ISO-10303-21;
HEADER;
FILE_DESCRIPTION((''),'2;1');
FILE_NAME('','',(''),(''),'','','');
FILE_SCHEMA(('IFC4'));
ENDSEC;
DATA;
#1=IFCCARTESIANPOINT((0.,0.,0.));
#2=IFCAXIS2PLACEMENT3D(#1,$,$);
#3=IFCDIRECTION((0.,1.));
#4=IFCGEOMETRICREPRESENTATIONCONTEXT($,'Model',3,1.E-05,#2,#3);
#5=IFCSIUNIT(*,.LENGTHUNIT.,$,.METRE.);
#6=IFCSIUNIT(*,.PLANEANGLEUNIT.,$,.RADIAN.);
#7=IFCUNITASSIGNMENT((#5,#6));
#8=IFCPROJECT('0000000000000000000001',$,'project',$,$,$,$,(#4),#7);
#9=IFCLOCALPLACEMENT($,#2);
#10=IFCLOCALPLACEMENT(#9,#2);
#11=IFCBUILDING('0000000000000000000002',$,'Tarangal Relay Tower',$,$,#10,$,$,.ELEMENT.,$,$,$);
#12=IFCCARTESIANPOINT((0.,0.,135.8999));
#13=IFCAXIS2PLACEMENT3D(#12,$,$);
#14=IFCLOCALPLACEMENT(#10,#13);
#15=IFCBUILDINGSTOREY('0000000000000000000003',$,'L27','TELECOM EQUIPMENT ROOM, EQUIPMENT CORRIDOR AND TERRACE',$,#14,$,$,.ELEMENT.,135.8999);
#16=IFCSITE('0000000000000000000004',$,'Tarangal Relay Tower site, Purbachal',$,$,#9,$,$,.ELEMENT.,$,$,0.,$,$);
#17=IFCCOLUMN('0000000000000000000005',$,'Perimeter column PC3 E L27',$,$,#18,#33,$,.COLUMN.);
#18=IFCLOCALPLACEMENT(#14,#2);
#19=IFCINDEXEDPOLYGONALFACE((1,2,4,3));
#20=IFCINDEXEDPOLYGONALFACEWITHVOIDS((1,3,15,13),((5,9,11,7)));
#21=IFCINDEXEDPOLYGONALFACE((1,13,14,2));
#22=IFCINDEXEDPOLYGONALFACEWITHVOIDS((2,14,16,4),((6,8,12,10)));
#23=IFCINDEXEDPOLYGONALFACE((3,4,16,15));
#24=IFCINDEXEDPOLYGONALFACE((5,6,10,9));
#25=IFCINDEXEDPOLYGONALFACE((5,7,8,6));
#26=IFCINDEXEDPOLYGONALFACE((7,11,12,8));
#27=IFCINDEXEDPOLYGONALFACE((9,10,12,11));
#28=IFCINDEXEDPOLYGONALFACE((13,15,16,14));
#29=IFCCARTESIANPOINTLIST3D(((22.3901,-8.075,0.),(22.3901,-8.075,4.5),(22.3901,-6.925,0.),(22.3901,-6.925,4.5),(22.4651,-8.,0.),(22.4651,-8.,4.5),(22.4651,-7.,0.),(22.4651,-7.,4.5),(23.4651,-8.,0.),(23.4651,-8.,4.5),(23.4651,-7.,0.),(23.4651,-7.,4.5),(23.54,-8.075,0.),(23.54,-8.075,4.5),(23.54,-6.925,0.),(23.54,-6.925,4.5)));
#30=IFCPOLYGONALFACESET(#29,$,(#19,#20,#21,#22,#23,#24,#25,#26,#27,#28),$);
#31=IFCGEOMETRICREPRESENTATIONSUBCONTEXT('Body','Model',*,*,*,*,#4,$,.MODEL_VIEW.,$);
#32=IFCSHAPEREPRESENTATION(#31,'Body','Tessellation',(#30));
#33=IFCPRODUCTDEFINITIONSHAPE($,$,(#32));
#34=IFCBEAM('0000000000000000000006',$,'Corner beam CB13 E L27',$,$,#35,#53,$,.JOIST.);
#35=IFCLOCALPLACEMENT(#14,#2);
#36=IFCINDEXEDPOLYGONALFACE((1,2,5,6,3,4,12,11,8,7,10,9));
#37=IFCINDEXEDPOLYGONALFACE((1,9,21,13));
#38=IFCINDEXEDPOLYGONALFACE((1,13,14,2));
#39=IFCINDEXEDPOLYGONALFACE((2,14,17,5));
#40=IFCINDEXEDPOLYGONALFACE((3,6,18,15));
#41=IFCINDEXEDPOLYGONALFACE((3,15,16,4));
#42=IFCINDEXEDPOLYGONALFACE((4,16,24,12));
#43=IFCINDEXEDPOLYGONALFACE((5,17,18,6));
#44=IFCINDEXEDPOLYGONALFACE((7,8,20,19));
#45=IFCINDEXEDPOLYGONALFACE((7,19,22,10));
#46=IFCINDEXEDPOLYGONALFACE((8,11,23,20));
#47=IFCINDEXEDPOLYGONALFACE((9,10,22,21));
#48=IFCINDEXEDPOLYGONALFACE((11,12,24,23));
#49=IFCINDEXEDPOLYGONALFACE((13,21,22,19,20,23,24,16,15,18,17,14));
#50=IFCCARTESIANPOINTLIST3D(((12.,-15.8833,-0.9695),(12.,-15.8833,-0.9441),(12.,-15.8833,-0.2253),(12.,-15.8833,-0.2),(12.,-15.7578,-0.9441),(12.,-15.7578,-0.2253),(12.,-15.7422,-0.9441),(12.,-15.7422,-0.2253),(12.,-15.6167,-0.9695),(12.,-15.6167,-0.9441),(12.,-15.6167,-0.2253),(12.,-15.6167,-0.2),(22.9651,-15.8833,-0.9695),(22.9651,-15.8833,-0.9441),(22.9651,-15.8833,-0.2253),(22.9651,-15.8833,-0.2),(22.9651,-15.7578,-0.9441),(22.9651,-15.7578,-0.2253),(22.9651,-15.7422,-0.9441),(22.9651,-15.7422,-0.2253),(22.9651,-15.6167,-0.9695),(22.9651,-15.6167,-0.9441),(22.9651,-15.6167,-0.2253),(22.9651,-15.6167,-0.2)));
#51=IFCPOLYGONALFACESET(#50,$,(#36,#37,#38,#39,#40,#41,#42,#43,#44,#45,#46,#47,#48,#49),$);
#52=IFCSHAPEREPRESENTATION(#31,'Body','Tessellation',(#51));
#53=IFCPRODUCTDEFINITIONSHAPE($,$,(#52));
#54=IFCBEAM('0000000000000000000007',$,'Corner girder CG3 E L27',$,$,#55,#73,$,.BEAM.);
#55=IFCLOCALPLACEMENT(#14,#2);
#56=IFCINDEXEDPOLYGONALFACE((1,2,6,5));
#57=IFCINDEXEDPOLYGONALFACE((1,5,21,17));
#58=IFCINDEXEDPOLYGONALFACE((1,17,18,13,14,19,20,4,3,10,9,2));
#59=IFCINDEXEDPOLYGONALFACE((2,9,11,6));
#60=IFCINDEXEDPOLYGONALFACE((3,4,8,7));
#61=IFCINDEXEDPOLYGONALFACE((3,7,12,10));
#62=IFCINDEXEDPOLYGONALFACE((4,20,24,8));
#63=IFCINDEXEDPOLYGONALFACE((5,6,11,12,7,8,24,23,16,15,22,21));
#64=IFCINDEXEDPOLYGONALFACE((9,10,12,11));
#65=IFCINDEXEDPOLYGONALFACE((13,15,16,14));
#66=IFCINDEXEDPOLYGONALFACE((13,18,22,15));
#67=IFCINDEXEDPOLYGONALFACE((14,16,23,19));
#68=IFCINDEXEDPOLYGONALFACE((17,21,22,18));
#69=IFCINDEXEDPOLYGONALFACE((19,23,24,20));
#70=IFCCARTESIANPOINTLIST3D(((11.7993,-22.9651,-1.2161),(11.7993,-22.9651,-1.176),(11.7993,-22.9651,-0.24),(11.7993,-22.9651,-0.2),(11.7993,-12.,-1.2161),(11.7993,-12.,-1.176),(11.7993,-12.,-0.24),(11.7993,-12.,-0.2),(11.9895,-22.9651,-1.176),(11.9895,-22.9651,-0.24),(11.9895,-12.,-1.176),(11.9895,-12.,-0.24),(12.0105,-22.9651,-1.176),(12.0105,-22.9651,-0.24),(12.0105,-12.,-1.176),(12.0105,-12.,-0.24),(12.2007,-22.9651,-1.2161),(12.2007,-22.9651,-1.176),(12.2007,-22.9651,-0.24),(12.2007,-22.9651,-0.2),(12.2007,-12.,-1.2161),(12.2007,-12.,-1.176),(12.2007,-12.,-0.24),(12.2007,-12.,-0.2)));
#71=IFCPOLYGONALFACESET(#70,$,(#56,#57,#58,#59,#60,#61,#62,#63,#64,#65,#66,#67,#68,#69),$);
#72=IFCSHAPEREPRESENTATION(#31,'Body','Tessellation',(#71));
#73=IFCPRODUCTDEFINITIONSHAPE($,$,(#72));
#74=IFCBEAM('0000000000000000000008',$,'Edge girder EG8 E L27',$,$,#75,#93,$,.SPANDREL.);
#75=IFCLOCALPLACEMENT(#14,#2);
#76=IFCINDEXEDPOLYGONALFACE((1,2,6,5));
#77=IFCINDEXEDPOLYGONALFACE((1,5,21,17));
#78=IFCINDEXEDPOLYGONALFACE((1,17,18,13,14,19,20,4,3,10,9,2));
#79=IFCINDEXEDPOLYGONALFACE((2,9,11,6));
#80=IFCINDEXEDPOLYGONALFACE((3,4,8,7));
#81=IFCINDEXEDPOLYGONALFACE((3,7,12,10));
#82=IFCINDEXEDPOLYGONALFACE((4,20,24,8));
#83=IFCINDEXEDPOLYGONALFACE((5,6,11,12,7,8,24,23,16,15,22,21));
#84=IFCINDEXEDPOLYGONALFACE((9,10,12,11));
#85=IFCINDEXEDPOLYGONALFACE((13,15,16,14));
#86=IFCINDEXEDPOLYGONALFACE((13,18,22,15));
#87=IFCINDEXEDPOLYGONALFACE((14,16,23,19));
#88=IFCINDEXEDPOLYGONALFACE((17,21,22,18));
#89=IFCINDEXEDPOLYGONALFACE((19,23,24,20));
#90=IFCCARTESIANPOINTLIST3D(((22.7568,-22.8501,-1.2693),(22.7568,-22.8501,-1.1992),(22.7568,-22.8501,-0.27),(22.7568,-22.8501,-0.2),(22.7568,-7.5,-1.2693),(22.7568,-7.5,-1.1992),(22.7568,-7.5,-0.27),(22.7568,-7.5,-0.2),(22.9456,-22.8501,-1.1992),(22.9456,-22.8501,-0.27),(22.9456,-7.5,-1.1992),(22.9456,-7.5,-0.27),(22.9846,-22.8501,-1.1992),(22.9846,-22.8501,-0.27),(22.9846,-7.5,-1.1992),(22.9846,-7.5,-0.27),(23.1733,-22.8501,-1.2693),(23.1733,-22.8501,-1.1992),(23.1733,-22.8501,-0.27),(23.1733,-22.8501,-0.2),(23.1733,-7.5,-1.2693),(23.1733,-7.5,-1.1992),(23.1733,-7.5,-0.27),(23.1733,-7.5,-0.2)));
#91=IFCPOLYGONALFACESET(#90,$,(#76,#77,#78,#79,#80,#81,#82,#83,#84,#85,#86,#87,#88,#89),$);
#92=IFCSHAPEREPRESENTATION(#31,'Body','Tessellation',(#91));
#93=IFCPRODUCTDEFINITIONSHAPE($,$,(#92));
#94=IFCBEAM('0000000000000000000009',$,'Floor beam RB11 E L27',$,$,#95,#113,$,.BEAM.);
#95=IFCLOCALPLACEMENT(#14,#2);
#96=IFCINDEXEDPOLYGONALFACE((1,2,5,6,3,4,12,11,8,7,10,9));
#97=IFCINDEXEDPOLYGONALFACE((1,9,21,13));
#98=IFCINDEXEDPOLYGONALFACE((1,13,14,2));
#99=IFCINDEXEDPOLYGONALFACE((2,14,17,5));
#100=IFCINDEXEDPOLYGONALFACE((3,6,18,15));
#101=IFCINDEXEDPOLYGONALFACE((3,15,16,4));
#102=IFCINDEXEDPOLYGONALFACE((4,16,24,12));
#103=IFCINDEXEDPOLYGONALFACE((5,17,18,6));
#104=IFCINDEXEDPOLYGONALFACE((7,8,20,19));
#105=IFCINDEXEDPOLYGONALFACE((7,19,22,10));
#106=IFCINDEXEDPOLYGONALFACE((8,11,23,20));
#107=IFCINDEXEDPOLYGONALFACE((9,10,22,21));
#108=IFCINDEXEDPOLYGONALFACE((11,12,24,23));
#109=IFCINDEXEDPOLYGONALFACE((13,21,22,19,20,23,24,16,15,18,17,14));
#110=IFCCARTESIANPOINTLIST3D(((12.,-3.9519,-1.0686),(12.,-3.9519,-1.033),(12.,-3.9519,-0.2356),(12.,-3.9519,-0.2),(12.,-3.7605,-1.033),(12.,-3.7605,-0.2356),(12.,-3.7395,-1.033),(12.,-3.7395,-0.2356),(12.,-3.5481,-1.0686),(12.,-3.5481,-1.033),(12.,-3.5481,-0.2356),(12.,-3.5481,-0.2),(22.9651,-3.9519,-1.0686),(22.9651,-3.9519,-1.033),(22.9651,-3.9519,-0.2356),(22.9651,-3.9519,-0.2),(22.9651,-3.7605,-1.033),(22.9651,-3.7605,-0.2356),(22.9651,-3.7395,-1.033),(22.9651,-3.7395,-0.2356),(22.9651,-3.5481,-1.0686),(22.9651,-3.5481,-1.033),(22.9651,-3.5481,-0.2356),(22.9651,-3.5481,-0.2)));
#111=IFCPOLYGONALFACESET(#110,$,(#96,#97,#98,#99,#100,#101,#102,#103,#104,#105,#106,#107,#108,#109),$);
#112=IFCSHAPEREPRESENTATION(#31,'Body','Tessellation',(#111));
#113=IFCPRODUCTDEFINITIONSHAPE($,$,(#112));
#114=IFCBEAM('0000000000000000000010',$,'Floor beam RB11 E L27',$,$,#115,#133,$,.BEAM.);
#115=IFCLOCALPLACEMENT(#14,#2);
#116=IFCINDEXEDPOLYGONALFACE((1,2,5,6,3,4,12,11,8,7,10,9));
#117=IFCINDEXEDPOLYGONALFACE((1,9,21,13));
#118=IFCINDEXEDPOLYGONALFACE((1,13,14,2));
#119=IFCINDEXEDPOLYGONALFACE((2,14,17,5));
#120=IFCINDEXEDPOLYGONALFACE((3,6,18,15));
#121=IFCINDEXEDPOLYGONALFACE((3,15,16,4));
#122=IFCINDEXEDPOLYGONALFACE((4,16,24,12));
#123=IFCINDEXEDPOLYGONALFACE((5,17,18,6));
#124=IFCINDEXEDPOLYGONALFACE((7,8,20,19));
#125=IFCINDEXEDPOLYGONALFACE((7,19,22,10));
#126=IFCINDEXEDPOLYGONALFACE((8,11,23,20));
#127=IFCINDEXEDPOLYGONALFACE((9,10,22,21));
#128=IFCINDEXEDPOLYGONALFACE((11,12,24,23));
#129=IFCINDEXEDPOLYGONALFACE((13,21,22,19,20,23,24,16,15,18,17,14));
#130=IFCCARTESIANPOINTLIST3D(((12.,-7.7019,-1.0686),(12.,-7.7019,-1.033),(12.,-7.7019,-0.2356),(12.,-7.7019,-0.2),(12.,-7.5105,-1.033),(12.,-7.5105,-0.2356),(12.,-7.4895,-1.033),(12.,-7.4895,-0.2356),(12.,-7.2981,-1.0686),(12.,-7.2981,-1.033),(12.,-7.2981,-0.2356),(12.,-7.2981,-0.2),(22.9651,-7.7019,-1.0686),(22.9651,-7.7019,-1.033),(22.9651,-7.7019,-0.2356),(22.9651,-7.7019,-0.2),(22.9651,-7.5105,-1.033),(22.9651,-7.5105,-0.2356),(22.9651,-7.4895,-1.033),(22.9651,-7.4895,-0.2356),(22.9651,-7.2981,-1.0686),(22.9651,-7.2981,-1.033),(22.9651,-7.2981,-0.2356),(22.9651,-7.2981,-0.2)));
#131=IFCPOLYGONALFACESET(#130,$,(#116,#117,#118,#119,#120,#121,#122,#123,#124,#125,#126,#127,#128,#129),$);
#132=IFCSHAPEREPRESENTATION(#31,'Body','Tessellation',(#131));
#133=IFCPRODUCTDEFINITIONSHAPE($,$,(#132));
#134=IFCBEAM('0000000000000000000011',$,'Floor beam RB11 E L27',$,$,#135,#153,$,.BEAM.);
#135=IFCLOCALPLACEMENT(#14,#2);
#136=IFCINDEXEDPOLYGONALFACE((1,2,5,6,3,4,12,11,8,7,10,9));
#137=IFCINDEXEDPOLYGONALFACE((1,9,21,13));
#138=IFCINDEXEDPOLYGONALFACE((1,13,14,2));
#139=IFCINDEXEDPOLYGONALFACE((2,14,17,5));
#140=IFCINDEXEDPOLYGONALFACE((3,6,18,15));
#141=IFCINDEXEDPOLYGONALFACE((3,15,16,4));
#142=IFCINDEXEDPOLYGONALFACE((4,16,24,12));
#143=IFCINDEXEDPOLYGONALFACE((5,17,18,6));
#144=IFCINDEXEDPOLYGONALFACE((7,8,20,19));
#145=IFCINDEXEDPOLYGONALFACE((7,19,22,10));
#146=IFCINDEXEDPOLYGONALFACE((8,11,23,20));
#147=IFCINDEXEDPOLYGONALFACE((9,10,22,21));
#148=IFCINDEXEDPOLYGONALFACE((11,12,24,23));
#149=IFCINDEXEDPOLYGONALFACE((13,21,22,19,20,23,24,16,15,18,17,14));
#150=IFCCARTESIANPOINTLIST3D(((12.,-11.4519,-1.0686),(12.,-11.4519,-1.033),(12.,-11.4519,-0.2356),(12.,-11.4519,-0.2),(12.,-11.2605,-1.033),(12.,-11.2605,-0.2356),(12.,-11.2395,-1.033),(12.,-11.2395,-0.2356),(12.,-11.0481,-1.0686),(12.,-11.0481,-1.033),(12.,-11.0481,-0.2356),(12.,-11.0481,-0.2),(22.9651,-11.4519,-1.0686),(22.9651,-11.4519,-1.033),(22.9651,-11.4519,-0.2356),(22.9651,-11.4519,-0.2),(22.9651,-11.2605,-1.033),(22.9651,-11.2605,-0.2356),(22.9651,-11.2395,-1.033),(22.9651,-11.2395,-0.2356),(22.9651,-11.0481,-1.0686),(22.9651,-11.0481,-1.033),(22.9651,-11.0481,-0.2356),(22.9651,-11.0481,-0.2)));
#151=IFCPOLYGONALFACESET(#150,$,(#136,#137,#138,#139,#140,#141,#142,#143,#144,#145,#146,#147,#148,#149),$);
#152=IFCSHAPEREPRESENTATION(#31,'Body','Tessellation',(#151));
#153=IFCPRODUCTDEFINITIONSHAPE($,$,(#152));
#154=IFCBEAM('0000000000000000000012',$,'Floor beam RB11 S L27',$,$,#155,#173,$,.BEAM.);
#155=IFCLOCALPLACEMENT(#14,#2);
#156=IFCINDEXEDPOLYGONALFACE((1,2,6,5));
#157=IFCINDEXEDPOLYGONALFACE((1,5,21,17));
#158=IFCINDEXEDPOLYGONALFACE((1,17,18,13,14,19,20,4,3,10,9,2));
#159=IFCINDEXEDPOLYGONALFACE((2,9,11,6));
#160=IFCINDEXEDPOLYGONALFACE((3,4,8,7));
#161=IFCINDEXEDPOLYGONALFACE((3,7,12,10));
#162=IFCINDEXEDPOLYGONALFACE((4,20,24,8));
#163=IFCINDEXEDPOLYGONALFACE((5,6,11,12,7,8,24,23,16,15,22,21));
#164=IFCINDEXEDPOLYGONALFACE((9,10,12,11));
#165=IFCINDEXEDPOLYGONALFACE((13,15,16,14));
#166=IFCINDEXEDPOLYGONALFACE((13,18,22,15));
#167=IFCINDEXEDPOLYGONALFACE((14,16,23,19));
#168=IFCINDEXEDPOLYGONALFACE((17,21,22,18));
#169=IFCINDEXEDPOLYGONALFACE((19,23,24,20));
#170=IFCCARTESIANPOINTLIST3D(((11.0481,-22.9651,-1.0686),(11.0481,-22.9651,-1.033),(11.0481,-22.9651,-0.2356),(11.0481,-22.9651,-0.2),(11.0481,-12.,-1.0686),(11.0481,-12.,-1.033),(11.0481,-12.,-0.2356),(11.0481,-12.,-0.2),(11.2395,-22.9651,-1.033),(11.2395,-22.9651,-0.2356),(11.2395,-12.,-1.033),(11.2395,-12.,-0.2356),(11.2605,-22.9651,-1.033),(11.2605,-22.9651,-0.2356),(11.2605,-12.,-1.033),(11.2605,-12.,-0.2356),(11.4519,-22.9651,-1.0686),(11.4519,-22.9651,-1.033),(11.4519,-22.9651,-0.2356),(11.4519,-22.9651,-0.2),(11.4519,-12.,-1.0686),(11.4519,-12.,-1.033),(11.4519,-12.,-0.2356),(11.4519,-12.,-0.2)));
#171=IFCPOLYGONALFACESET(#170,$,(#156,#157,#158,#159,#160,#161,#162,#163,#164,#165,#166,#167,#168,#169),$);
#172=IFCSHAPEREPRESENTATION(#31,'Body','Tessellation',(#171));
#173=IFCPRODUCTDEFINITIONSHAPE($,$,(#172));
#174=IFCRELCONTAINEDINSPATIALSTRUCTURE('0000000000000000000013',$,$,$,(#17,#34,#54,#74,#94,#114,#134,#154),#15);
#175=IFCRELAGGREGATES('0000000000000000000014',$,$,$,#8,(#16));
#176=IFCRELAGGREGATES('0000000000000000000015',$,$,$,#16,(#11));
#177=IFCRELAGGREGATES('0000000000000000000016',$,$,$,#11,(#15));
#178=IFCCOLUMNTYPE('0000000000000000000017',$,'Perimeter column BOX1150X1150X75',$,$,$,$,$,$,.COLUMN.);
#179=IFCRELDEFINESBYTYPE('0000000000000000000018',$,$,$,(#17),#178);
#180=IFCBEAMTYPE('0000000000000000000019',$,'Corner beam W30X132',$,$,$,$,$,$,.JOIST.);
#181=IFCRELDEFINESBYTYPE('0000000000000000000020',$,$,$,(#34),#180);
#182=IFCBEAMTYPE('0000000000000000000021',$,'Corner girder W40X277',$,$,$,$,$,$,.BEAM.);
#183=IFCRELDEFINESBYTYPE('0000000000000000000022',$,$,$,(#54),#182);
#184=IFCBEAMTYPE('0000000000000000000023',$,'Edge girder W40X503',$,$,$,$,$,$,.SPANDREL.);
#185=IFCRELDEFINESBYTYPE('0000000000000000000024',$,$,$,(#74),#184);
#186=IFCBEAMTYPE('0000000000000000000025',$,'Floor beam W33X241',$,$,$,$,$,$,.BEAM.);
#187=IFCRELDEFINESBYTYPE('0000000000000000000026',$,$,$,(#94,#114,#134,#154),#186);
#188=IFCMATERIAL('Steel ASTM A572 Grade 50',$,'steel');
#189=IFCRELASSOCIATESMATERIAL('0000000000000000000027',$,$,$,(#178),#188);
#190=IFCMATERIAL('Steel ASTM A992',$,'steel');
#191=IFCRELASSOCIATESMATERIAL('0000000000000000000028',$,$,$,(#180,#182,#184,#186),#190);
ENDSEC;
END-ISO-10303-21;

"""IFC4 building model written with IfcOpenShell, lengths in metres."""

from ifc_helpers import new_model, si_unit, direction, frame, origin, origin_2d, place, context, subcontext, project, spatial, hollow_rectangle, i_section, extrude, material, material_profile, profile_set, type_object, element, save


model = new_model("IFC4")

# Units and contexts
model_context = context("Model", 3, precision=1e-05, world=origin(), true_north=direction((0.0, 1.0)))
body_context = subcontext(model_context, "Body", "Model", "MODEL_VIEW")
ifc_project = project(units=[si_unit("LENGTHUNIT", "METRE"), si_unit("PLANEANGLEUNIT", "RADIAN")], contexts=[model_context])

# Site, building, storey
site_placement = place(None, origin())
site = spatial("IfcSite", under=ifc_project, at=site_placement, Name="Tarangal Relay Tower site, Purbachal", CompositionType="ELEMENT", RefElevation=0.0)
building_placement = place(site_placement, origin())
building = spatial("IfcBuilding", under=site, at=building_placement, Name="Tarangal Relay Tower", CompositionType="ELEMENT")
storey_placement = place(building_placement, frame((0.0, 0.0, 135.8999)))
storey = spatial("IfcBuildingStorey", under=building, at=storey_placement, Name="L27", Description="TELECOM EQUIPMENT ROOM, EQUIPMENT CORRIDOR AND TERRACE", CompositionType="ELEMENT", Elevation=135.8999)

# Column
ifc_material_1 = material(Name="Steel ASTM A572 Grade 50", Category="steel")
ifc_material_profile_1 = material_profile(ifc_material_1, hollow_rectangle(XDim=1.1499, YDim=1.1499, WallThickness=0.075, at=origin_2d()), Name="BOX1150X1150X75")
ifc_profile_set_1 = profile_set([ifc_material_profile_1], Name="Steel ASTM A572 Grade 50")
column_type = type_object("IfcColumnType", Name="Perimeter column BOX1150X1150X75", PredefinedType="COLUMN", material=ifc_profile_set_1)
column_placement = place(storey_placement, frame((22.9651, -7.5, 0.0), z_axis=(0.0, 0.0, 1.0), x_axis=(1.0, 0.0, 0.0)))
element("IfcColumn", 1, at=column_placement, inside=storey, type_object=column_type, Name="Perimeter column PC3 E L27", PredefinedType="COLUMN", context=body_context, shape_type="SweptSolid", body=[
    extrude(hollow_rectangle(XDim=1.1499, YDim=1.1499, WallThickness=0.075, at=origin_2d()), origin(), (0.0, 0.0, 1.0), 4.5),
])

# Beams
ifc_material_2 = material(Name="Steel ASTM A992", Category="steel")
ifc_material_profile_2 = material_profile(ifc_material_2, i_section(OverallWidth=0.2666, OverallDepth=0.7695, WebThickness=0.0156, FlangeThickness=0.0254, at=origin_2d()), Name="W30X132")
ifc_profile_set_2 = profile_set([ifc_material_profile_2], Name="Steel ASTM A992")
beam_type_1 = type_object("IfcBeamType", Name="Corner beam W30X132", PredefinedType="JOIST", material=ifc_profile_set_2)
beam_1_placement = place(storey_placement, frame((12.0, -15.75, -0.5847), z_axis=(1.0, 0.0, 0.0), x_axis=(0.0, 1.0, 0.0)))
element("IfcBeam", 2, at=beam_1_placement, inside=storey, type_object=beam_type_1, Name="Corner beam CB13 E L27", PredefinedType="JOIST", context=body_context, shape_type="SweptSolid", body=[
    extrude(i_section(OverallWidth=0.2666, OverallDepth=0.7695, WebThickness=0.0156, FlangeThickness=0.0254, at=origin_2d()), origin(), (0.0, 0.0, 1.0), 10.9651),
])
ifc_material_profile_3 = material_profile(ifc_material_2, i_section(OverallWidth=0.4014, OverallDepth=1.0161, WebThickness=0.021, FlangeThickness=0.04, at=origin_2d()), Name="W40X277")
ifc_profile_set_3 = profile_set([ifc_material_profile_3], Name="Steel ASTM A992")
beam_type_2 = type_object("IfcBeamType", Name="Corner girder W40X277", PredefinedType="BEAM", material=ifc_profile_set_3)
beam_2_placement = place(storey_placement, frame((12.0, -12.0, -0.708), z_axis=(0.0, -1.0, 0.0), x_axis=(1.0, 0.0, 0.0)))
element("IfcBeam", 3, at=beam_2_placement, inside=storey, type_object=beam_type_2, Name="Corner girder CG3 E L27", PredefinedType="BEAM", context=body_context, shape_type="SweptSolid", body=[
    extrude(i_section(OverallWidth=0.4014, OverallDepth=1.0161, WebThickness=0.021, FlangeThickness=0.04, at=origin_2d()), origin(), (0.0, 0.0, 1.0), 10.9651),
])
ifc_material_profile_4 = material_profile(ifc_material_2, i_section(OverallWidth=0.4165, OverallDepth=1.0693, WebThickness=0.0391, FlangeThickness=0.0701, at=origin_2d()), Name="W40X503")
ifc_profile_set_4 = profile_set([ifc_material_profile_4], Name="Steel ASTM A992")
beam_type_3 = type_object("IfcBeamType", Name="Edge girder W40X503", PredefinedType="SPANDREL", material=ifc_profile_set_4)
beam_3_placement = place(storey_placement, frame((22.9651, -7.5, -0.7346), z_axis=(0.0, -1.0, 0.0), x_axis=(1.0, 0.0, 0.0)))
element("IfcBeam", 4, at=beam_3_placement, inside=storey, type_object=beam_type_3, Name="Edge girder EG8 E L27", PredefinedType="SPANDREL", context=body_context, shape_type="SweptSolid", body=[
    extrude(i_section(OverallWidth=0.4165, OverallDepth=1.0693, WebThickness=0.0391, FlangeThickness=0.0701, at=origin_2d()), origin(), (0.0, 0.0, 1.0), 15.3501),
])
ifc_material_profile_5 = material_profile(ifc_material_2, i_section(OverallWidth=0.4038, OverallDepth=0.8687, WebThickness=0.021, FlangeThickness=0.0356, at=origin_2d()), Name="W33X241")
ifc_profile_set_5 = profile_set([ifc_material_profile_5], Name="Steel ASTM A992")
beam_type_4 = type_object("IfcBeamType", Name="Floor beam W33X241", PredefinedType="BEAM", material=ifc_profile_set_5)
for number, where, z_axis, x_axis, name in (
    (5, (12.0, -3.75, -0.6343), (1.0, 0.0, 0.0), (0.0, 1.0, 0.0), "Floor beam RB11 E L27"),
    (6, (12.0, -7.5, -0.6343), (1.0, 0.0, 0.0), (0.0, 1.0, 0.0), "Floor beam RB11 E L27"),
    (7, (12.0, -11.25, -0.6343), (1.0, 0.0, 0.0), (0.0, 1.0, 0.0), "Floor beam RB11 E L27"),
    (8, (11.25, -12.0, -0.6343), (0.0, -1.0, 0.0), (1.0, 0.0, 0.0), "Floor beam RB11 S L27"),
):
    element("IfcBeam", number, at=place(storey_placement, frame(where, z_axis=z_axis, x_axis=x_axis)), inside=storey, type_object=beam_type_4, Name=name, PredefinedType="BEAM", context=body_context, shape_type="SweptSolid", body=[
        extrude(i_section(OverallWidth=0.4038, OverallDepth=0.8687, WebThickness=0.021, FlangeThickness=0.0356, at=origin_2d()), origin(), (0.0, 0.0, 1.0), 10.9651),
    ])

save(model, "model.ifc")
